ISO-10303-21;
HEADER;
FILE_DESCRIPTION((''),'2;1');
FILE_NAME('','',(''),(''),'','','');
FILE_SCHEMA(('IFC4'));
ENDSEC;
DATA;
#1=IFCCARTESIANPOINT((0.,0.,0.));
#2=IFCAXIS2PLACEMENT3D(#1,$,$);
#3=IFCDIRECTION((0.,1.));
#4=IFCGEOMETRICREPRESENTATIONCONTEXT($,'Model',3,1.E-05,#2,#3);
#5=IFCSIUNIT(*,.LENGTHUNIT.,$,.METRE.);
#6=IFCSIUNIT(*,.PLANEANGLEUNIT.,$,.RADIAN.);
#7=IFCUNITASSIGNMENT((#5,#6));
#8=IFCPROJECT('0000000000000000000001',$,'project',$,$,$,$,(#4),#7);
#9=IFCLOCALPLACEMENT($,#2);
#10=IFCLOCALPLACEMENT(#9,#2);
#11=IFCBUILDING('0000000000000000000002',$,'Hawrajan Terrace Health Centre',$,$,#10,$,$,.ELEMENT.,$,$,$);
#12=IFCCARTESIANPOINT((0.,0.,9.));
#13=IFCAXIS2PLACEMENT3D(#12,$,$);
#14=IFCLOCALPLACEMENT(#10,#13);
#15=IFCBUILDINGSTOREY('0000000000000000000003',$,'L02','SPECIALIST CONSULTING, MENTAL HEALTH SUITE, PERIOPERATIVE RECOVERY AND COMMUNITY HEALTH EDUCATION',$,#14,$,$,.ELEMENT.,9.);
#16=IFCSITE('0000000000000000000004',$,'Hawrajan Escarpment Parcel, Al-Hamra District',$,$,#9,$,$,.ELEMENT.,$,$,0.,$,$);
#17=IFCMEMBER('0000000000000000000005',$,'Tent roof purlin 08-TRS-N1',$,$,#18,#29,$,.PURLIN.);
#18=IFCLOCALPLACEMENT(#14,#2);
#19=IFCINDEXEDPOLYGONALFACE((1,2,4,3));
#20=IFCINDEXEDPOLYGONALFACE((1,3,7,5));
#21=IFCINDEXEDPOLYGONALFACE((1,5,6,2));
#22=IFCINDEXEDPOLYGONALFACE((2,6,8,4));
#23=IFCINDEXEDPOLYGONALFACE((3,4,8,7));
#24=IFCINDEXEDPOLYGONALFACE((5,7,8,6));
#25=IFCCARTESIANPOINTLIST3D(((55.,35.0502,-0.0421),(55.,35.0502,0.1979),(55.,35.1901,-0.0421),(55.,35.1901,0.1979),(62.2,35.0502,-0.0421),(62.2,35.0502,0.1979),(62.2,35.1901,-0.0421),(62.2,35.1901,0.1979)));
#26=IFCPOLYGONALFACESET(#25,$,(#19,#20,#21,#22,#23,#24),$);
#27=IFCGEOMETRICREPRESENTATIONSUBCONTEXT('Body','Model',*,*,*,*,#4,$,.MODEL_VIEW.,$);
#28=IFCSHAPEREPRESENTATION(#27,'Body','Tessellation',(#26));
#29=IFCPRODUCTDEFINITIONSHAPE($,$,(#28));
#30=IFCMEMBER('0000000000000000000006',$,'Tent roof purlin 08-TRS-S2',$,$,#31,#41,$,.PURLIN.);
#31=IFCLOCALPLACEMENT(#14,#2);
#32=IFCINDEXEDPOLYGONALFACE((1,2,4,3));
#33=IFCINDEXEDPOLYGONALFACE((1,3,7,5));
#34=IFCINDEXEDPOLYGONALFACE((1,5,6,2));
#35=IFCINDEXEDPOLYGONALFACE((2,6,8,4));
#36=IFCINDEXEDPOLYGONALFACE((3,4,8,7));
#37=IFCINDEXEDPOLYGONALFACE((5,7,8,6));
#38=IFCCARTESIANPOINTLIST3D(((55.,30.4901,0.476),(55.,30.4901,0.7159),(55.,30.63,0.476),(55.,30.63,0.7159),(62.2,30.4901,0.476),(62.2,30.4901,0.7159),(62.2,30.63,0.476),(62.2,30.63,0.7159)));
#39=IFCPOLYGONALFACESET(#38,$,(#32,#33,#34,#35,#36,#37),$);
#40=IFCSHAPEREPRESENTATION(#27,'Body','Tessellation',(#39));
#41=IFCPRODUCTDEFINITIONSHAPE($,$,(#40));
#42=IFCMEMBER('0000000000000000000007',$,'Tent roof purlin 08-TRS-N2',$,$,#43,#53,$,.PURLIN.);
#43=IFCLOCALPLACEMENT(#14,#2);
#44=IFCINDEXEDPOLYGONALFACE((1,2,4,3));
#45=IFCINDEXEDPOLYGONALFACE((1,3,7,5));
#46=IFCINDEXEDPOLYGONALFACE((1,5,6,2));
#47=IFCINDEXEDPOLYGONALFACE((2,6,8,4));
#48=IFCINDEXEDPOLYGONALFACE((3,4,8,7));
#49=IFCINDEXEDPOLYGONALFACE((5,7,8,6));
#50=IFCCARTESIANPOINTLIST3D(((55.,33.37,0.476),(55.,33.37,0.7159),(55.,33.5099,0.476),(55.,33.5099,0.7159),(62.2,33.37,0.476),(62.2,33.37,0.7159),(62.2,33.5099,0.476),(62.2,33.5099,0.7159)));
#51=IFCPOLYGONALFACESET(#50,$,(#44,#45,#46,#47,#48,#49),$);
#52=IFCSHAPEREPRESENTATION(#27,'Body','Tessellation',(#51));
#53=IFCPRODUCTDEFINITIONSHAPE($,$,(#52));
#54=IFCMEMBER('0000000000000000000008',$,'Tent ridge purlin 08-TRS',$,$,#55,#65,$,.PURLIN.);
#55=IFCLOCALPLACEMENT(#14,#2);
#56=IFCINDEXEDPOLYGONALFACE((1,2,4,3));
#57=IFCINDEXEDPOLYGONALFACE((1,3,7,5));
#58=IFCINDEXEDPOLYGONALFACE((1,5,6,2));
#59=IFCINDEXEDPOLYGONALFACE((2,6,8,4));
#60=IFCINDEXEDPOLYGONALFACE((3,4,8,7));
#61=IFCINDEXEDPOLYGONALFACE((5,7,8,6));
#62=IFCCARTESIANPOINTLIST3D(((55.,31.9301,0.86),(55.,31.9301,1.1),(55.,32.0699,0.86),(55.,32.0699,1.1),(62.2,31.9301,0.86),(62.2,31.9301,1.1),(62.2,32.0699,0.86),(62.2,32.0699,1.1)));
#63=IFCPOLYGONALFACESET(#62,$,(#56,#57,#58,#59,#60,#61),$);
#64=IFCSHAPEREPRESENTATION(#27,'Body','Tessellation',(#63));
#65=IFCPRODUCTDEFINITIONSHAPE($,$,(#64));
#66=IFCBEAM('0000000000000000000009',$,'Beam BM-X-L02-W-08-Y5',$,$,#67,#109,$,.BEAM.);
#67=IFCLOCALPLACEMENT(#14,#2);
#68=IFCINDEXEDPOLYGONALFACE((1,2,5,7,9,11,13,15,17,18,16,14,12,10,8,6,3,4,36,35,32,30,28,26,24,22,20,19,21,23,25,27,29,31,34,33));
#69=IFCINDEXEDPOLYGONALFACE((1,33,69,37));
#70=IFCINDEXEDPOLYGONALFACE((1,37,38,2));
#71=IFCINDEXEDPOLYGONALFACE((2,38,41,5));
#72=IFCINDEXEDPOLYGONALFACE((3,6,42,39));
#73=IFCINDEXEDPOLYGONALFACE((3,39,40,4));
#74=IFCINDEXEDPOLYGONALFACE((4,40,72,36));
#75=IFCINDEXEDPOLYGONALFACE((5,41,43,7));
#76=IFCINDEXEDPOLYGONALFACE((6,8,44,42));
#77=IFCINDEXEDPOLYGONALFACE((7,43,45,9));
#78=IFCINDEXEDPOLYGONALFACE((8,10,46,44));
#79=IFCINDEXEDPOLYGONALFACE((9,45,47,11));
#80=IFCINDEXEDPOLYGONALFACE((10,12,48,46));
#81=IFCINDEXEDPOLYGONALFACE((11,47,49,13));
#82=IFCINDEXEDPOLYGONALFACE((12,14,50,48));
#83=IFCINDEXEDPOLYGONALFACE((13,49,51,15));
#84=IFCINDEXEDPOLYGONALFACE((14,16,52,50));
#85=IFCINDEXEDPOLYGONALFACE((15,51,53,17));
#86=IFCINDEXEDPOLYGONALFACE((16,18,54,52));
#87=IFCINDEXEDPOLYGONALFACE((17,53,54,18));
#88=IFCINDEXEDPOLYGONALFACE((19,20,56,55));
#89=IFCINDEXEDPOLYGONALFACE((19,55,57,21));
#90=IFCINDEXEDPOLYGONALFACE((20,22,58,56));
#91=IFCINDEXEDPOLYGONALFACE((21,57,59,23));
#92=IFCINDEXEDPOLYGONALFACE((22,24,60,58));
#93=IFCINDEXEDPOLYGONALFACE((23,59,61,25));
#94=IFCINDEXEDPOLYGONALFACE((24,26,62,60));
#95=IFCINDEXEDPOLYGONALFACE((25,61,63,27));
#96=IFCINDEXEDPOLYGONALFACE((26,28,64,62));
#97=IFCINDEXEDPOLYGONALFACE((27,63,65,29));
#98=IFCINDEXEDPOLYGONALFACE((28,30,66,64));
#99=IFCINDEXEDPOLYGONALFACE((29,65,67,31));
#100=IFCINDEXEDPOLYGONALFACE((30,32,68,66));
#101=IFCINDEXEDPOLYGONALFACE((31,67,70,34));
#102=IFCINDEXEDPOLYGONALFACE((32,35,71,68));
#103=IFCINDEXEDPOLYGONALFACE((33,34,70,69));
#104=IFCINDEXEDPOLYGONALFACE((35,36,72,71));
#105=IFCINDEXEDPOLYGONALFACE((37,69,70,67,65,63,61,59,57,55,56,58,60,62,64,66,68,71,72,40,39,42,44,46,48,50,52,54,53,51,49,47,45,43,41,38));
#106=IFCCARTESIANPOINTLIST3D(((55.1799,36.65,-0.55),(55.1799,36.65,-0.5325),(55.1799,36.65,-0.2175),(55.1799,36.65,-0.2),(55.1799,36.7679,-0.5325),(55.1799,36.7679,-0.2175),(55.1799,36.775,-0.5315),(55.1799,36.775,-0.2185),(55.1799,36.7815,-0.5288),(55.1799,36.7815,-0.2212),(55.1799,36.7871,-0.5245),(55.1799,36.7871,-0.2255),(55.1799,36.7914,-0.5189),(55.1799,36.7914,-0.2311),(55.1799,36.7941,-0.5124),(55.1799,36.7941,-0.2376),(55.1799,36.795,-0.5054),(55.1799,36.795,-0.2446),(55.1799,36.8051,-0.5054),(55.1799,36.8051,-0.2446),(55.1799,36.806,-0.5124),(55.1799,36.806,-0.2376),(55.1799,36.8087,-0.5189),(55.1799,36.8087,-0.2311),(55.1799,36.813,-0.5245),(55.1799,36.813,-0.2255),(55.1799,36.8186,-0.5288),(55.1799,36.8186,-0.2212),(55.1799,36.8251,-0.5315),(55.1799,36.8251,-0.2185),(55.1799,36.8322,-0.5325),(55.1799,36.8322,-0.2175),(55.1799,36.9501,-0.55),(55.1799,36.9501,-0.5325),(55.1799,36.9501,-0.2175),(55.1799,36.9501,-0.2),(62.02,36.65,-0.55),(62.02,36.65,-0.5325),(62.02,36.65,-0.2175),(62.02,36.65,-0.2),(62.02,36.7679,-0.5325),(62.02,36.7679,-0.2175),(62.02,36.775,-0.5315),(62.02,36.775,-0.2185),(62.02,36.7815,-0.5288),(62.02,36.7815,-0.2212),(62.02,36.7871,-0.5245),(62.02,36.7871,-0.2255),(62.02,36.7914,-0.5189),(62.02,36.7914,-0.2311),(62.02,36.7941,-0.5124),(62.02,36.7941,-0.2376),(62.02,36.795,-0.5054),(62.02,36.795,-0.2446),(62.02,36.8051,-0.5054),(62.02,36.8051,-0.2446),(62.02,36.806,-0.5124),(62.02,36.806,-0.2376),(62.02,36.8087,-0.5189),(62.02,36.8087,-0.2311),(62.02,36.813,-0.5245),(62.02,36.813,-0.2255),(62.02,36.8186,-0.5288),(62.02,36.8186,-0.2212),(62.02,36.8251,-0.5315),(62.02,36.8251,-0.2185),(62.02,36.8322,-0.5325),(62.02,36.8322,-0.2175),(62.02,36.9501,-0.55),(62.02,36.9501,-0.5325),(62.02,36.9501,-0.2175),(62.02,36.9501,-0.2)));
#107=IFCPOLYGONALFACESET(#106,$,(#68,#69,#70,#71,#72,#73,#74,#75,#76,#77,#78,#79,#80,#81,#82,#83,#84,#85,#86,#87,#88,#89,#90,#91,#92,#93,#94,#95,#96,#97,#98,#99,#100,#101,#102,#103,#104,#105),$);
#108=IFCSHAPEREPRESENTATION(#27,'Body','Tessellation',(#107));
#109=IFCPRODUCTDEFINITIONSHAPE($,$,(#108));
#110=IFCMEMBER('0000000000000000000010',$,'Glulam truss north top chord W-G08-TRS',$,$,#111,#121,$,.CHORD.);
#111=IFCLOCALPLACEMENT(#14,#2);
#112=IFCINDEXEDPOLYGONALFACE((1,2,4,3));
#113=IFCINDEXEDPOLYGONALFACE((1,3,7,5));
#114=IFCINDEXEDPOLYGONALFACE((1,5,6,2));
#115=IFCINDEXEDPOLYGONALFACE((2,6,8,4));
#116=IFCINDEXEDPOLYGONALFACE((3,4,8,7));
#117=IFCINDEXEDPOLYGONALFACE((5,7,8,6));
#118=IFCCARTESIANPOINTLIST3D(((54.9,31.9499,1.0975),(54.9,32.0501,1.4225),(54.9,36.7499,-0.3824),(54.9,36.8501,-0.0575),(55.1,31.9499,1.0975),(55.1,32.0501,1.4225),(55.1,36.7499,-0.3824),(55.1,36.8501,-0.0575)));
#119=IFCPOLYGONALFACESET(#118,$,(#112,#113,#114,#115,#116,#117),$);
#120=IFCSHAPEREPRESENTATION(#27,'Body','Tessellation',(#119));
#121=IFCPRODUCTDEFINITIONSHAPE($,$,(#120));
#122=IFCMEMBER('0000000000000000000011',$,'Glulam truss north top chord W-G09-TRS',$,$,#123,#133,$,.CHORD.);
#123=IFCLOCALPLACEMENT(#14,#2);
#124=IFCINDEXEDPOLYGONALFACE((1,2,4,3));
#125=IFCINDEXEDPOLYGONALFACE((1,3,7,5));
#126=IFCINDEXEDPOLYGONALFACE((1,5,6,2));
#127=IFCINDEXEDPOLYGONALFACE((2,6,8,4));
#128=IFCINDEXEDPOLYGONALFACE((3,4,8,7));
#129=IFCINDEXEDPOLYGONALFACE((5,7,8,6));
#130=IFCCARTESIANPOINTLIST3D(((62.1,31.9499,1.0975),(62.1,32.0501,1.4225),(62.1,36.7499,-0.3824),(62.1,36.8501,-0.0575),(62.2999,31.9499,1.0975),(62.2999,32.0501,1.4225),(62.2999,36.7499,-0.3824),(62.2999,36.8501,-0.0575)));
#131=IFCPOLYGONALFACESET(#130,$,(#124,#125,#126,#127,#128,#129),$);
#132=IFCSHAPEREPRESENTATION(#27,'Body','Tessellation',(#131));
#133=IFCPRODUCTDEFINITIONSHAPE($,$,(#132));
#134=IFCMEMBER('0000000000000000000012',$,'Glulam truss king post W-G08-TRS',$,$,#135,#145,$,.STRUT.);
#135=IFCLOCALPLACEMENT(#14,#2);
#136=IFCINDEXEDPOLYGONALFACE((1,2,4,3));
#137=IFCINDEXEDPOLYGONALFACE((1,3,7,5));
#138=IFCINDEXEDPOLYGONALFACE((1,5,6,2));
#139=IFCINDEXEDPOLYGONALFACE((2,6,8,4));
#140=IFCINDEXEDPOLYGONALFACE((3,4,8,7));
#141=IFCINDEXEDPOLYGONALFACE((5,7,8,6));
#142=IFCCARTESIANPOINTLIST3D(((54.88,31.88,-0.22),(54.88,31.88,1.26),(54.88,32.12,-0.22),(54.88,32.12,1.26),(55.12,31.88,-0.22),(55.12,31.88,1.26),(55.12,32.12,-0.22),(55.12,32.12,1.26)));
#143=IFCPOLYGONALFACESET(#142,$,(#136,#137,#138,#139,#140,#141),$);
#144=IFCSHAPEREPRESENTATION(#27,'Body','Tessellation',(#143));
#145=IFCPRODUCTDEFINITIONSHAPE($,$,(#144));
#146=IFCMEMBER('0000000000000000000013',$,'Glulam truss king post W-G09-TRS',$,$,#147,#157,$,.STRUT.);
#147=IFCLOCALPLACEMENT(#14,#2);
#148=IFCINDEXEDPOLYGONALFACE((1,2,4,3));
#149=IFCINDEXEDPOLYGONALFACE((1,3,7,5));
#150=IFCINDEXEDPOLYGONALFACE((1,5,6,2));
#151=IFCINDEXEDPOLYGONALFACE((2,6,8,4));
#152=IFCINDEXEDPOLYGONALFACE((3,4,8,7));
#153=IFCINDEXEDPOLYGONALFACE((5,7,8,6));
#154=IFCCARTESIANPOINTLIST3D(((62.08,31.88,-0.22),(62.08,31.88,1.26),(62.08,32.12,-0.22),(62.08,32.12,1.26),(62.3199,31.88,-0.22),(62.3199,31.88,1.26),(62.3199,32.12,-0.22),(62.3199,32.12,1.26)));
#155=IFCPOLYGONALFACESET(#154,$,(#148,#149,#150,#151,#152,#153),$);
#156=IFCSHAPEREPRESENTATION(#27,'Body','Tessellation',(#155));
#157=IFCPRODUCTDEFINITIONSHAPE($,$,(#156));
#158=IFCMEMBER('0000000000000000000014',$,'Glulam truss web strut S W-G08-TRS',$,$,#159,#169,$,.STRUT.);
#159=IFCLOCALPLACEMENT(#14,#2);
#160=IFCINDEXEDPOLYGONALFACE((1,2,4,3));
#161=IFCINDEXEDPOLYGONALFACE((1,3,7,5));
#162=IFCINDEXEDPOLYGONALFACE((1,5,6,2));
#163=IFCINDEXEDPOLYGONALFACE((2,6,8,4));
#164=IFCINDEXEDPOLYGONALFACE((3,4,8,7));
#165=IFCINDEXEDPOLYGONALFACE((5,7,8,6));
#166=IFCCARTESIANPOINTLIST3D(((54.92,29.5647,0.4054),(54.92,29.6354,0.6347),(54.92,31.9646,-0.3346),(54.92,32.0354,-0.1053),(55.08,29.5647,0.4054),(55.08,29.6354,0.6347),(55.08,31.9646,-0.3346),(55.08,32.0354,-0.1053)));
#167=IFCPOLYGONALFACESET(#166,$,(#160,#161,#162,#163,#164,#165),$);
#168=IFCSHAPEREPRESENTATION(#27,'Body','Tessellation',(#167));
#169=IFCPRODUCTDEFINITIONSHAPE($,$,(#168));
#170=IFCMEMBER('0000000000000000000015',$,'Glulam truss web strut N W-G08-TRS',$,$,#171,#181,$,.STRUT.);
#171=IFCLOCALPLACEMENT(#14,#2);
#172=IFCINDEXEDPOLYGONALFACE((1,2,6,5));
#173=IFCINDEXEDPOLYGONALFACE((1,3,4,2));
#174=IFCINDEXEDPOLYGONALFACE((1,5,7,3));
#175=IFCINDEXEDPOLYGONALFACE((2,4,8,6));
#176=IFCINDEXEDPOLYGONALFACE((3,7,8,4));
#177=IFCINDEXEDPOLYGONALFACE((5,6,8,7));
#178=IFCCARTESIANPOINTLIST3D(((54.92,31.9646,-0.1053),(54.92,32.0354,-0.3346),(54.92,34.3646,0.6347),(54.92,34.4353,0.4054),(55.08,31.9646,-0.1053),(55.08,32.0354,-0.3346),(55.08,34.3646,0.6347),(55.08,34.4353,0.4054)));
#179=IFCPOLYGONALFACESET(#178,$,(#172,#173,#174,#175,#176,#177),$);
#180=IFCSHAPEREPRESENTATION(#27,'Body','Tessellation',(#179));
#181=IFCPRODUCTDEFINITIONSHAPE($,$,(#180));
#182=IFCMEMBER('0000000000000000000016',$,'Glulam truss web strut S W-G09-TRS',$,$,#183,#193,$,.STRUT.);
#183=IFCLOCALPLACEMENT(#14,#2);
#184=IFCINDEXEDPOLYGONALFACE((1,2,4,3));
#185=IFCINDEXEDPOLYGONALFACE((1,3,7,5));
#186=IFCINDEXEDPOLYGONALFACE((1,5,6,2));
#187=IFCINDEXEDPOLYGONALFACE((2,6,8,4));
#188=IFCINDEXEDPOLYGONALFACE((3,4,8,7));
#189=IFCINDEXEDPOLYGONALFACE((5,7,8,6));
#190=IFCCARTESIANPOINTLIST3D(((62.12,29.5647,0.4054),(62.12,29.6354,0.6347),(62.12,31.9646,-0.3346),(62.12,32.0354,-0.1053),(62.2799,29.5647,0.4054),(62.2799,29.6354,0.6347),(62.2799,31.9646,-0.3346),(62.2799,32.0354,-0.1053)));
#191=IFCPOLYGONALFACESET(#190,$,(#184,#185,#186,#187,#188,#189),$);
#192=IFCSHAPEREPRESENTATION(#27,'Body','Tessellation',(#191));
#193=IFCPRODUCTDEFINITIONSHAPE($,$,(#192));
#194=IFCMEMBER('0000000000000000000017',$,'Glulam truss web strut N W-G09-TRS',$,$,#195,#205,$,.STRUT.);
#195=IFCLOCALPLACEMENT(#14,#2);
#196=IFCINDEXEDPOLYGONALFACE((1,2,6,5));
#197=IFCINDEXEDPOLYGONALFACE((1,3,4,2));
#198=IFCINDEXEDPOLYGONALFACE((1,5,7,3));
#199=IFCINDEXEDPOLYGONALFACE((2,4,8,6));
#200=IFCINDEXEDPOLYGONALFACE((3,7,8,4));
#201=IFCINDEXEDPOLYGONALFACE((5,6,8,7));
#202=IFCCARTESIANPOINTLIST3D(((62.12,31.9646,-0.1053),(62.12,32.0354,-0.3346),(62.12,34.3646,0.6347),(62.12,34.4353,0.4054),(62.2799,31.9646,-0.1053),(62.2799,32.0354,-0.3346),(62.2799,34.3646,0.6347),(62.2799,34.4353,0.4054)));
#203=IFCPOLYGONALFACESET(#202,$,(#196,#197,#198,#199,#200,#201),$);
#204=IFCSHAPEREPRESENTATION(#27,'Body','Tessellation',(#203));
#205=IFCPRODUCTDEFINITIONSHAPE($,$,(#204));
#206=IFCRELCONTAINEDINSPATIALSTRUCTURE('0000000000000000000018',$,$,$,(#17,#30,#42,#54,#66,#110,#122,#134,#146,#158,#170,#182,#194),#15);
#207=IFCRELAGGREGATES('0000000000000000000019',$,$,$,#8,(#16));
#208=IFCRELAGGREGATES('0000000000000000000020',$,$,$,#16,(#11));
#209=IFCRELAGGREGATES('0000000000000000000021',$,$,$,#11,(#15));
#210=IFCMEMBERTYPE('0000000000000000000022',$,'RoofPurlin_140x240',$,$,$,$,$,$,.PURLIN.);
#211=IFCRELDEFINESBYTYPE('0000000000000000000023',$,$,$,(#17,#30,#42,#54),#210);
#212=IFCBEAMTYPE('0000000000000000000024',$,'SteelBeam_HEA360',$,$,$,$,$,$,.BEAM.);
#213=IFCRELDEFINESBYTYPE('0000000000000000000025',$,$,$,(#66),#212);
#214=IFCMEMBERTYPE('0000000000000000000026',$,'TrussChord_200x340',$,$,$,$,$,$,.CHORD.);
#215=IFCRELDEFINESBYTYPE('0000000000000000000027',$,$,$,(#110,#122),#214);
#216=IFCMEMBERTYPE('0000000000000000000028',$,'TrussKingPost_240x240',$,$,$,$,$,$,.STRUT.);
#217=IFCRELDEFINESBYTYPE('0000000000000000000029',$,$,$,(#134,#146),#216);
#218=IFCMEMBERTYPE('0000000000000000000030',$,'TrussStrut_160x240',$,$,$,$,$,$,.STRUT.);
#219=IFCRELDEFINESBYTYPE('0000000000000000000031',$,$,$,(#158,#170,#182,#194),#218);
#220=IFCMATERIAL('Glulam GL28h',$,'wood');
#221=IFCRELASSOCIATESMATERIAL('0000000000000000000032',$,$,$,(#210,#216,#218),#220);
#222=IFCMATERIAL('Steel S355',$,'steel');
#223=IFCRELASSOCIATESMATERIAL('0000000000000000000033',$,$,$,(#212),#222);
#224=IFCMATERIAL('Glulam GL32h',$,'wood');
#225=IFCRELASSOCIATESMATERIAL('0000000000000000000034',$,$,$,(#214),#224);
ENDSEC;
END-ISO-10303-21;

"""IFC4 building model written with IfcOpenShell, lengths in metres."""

from ifc_helpers import new_model, si_unit, direction, frame, origin, origin_2d, place, context, subcontext, project, spatial, rectangle, i_section, extrude, material, material_profile, profile_set, type_object, element, save


model = new_model("IFC4")

# Units and contexts
model_context = context("Model", 3, precision=1e-05, world=origin(), true_north=direction((0.0, 1.0)))
body_context = subcontext(model_context, "Body", "Model", "MODEL_VIEW")
ifc_project = project(units=[si_unit("LENGTHUNIT", "METRE"), si_unit("PLANEANGLEUNIT", "RADIAN")], contexts=[model_context])

# Site, building, storey
site_placement = place(None, origin())
site = spatial("IfcSite", under=ifc_project, at=site_placement, Name="Hawrajan Escarpment Parcel, Al-Hamra District", CompositionType="ELEMENT", RefElevation=0.0)
building_placement = place(site_placement, origin())
building = spatial("IfcBuilding", under=site, at=building_placement, Name="Hawrajan Terrace Health Centre", CompositionType="ELEMENT")
storey_placement = place(building_placement, frame((0.0, 0.0, 9.0)))
storey = spatial("IfcBuildingStorey", under=building, at=storey_placement, Name="L02", Description="SPECIALIST CONSULTING, MENTAL HEALTH SUITE, PERIOPERATIVE RECOVERY AND COMMUNITY HEALTH EDUCATION", CompositionType="ELEMENT", Elevation=9.0)

# Members
ifc_material_1 = material(Name="Glulam GL28h", Category="wood")
ifc_material_profile_1 = material_profile(ifc_material_1, rectangle(XDim=0.1399, YDim=0.24, at=origin_2d()), Name="GL PUR 140x240")
ifc_profile_set_1 = profile_set([ifc_material_profile_1], Name="Glulam GL28h")
member_type_1 = type_object("IfcMemberType", Name="RoofPurlin_140x240", PredefinedType="PURLIN", material=ifc_profile_set_1)
for number, where, z_axis, x_axis, name in (
    (1, (55.0, 35.1201, 0.0779), (1.0, 0.0, 0.0), (0.0, 1.0, 0.0), "Tent roof purlin 08-TRS-N1"),
    (2, (55.0, 30.5601, 0.5959), (1.0, 0.0, 0.0), (0.0, 1.0, 0.0), "Tent roof purlin 08-TRS-S2"),
    (3, (55.0, 33.4399, 0.5959), (1.0, 0.0, 0.0), (0.0, 1.0, 0.0), "Tent roof purlin 08-TRS-N2"),
    (4, (55.0, 32.0, 0.98), (1.0, 0.0, 0.0), (0.0, 1.0, 0.0), "Tent ridge purlin 08-TRS"),
):
    element("IfcMember", number, at=place(storey_placement, frame(where, z_axis=z_axis, x_axis=x_axis)), inside=storey, type_object=member_type_1, Name=name, PredefinedType="PURLIN", context=body_context, shape_type="SweptSolid", body=[
        extrude(rectangle(XDim=0.1399, YDim=0.24, at=origin_2d()), origin(), (0.0, 0.0, 1.0), 7.2),
    ])

# Beam
ifc_material_2 = material(Name="Steel S355", Category="steel")
ifc_material_profile_2 = material_profile(ifc_material_2, i_section(OverallWidth=0.3, OverallDepth=0.3501, WebThickness=0.01, FlangeThickness=0.0176, FilletRadius=0.0271, at=origin_2d()), Name="HEA 360")
ifc_profile_set_2 = profile_set([ifc_material_profile_2], Name="Steel S355")
beam_type = type_object("IfcBeamType", Name="SteelBeam_HEA360", PredefinedType="BEAM", material=ifc_profile_set_2)
beam_placement = place(storey_placement, frame((55.1799, 36.8, -0.375), z_axis=(1.0, 0.0, 0.0), x_axis=(0.0, 1.0, 0.0)))
element("IfcBeam", 5, at=beam_placement, inside=storey, type_object=beam_type, Name="Beam BM-X-L02-W-08-Y5", PredefinedType="BEAM", context=body_context, shape_type="SweptSolid", body=[
    extrude(i_section(OverallWidth=0.3, OverallDepth=0.3501, WebThickness=0.01, FlangeThickness=0.0176, FilletRadius=0.0271, at=origin_2d()), origin(), (0.0, 0.0, 1.0), 6.8401),
])

# Members
ifc_material_3 = material(Name="Glulam GL32h", Category="wood")
ifc_material_profile_3 = material_profile(ifc_material_3, rectangle(XDim=0.2, YDim=0.3401, at=origin_2d()), Name="GL CHD 200x340")
ifc_profile_set_3 = profile_set([ifc_material_profile_3], Name="Glulam GL32h")
member_type_2 = type_object("IfcMemberType", Name="TrussChord_200x340", PredefinedType="CHORD", material=ifc_profile_set_3)
for number, where, z_axis, x_axis, name in (
    (6, (55.0, 32.0, 1.26), (0.0, 0.955609, -0.294639), (-1.0, 0.0, 0.0), "Glulam truss north top chord W-G08-TRS"),
    (7, (62.2, 32.0, 1.26), (0.0, 0.955609, -0.294639), (-1.0, 0.0, 0.0), "Glulam truss north top chord W-G09-TRS"),
):
    element("IfcMember", number, at=place(storey_placement, frame(where, z_axis=z_axis, x_axis=x_axis)), inside=storey, type_object=member_type_2, Name=name, PredefinedType="CHORD", context=body_context, shape_type="SweptSolid", body=[
        extrude(rectangle(XDim=0.2, YDim=0.3401, at=origin_2d()), origin(), (0.0, 0.0, 1.0), 5.0229),
    ])
ifc_material_profile_4 = material_profile(ifc_material_1, rectangle(XDim=0.24, YDim=0.24, at=origin_2d()), Name="GL KP 240x240")
ifc_profile_set_4 = profile_set([ifc_material_profile_4], Name="Glulam GL28h")
member_type_3 = type_object("IfcMemberType", Name="TrussKingPost_240x240", PredefinedType="STRUT", material=ifc_profile_set_4)
for number, where, z_axis, x_axis, name in (
    (8, (55.0, 32.0, -0.22), (0.0, 0.0, 1.0), (1.0, 0.0, 0.0), "Glulam truss king post W-G08-TRS"),
    (9, (62.2, 32.0, -0.22), (0.0, 0.0, 1.0), (1.0, 0.0, 0.0), "Glulam truss king post W-G09-TRS"),
):
    element("IfcMember", number, at=place(storey_placement, frame(where, z_axis=z_axis, x_axis=x_axis)), inside=storey, type_object=member_type_3, Name=name, PredefinedType="STRUT", context=body_context, shape_type="SweptSolid", body=[
        extrude(rectangle(XDim=0.24, YDim=0.24, at=origin_2d()), origin(), (0.0, 0.0, 1.0), 1.48),
    ])
ifc_material_profile_5 = material_profile(ifc_material_1, rectangle(XDim=0.1599, YDim=0.24, at=origin_2d()), Name="GL WEB 160x240")
ifc_profile_set_5 = profile_set([ifc_material_profile_5], Name="Glulam GL28h")
member_type_4 = type_object("IfcMemberType", Name="TrussStrut_160x240", PredefinedType="STRUT", material=ifc_profile_set_5)
for number, where, z_axis, x_axis, name in (
    (10, (55.0, 32.0, -0.22), (0.0, -0.955604, 0.294653), (1.0, 0.0, 0.0), "Glulam truss web strut S W-G08-TRS"),
    (11, (55.0, 32.0, -0.22), (0.0, 0.955604, 0.294653), (-1.0, 0.0, 0.0), "Glulam truss web strut N W-G08-TRS"),
    (12, (62.2, 32.0, -0.22), (0.0, -0.955604, 0.294653), (1.0, 0.0, 0.0), "Glulam truss web strut S W-G09-TRS"),
    (13, (62.2, 32.0, -0.22), (0.0, 0.955604, 0.294653), (-1.0, 0.0, 0.0), "Glulam truss web strut N W-G09-TRS"),
):
    element("IfcMember", number, at=place(storey_placement, frame(where, z_axis=z_axis, x_axis=x_axis)), inside=storey, type_object=member_type_4, Name=name, PredefinedType="STRUT", context=body_context, shape_type="SweptSolid", body=[
        extrude(rectangle(XDim=0.1599, YDim=0.24, at=origin_2d()), origin(), (0.0, 0.0, 1.0), 2.5115),
    ])

save(model, "model.ifc")
